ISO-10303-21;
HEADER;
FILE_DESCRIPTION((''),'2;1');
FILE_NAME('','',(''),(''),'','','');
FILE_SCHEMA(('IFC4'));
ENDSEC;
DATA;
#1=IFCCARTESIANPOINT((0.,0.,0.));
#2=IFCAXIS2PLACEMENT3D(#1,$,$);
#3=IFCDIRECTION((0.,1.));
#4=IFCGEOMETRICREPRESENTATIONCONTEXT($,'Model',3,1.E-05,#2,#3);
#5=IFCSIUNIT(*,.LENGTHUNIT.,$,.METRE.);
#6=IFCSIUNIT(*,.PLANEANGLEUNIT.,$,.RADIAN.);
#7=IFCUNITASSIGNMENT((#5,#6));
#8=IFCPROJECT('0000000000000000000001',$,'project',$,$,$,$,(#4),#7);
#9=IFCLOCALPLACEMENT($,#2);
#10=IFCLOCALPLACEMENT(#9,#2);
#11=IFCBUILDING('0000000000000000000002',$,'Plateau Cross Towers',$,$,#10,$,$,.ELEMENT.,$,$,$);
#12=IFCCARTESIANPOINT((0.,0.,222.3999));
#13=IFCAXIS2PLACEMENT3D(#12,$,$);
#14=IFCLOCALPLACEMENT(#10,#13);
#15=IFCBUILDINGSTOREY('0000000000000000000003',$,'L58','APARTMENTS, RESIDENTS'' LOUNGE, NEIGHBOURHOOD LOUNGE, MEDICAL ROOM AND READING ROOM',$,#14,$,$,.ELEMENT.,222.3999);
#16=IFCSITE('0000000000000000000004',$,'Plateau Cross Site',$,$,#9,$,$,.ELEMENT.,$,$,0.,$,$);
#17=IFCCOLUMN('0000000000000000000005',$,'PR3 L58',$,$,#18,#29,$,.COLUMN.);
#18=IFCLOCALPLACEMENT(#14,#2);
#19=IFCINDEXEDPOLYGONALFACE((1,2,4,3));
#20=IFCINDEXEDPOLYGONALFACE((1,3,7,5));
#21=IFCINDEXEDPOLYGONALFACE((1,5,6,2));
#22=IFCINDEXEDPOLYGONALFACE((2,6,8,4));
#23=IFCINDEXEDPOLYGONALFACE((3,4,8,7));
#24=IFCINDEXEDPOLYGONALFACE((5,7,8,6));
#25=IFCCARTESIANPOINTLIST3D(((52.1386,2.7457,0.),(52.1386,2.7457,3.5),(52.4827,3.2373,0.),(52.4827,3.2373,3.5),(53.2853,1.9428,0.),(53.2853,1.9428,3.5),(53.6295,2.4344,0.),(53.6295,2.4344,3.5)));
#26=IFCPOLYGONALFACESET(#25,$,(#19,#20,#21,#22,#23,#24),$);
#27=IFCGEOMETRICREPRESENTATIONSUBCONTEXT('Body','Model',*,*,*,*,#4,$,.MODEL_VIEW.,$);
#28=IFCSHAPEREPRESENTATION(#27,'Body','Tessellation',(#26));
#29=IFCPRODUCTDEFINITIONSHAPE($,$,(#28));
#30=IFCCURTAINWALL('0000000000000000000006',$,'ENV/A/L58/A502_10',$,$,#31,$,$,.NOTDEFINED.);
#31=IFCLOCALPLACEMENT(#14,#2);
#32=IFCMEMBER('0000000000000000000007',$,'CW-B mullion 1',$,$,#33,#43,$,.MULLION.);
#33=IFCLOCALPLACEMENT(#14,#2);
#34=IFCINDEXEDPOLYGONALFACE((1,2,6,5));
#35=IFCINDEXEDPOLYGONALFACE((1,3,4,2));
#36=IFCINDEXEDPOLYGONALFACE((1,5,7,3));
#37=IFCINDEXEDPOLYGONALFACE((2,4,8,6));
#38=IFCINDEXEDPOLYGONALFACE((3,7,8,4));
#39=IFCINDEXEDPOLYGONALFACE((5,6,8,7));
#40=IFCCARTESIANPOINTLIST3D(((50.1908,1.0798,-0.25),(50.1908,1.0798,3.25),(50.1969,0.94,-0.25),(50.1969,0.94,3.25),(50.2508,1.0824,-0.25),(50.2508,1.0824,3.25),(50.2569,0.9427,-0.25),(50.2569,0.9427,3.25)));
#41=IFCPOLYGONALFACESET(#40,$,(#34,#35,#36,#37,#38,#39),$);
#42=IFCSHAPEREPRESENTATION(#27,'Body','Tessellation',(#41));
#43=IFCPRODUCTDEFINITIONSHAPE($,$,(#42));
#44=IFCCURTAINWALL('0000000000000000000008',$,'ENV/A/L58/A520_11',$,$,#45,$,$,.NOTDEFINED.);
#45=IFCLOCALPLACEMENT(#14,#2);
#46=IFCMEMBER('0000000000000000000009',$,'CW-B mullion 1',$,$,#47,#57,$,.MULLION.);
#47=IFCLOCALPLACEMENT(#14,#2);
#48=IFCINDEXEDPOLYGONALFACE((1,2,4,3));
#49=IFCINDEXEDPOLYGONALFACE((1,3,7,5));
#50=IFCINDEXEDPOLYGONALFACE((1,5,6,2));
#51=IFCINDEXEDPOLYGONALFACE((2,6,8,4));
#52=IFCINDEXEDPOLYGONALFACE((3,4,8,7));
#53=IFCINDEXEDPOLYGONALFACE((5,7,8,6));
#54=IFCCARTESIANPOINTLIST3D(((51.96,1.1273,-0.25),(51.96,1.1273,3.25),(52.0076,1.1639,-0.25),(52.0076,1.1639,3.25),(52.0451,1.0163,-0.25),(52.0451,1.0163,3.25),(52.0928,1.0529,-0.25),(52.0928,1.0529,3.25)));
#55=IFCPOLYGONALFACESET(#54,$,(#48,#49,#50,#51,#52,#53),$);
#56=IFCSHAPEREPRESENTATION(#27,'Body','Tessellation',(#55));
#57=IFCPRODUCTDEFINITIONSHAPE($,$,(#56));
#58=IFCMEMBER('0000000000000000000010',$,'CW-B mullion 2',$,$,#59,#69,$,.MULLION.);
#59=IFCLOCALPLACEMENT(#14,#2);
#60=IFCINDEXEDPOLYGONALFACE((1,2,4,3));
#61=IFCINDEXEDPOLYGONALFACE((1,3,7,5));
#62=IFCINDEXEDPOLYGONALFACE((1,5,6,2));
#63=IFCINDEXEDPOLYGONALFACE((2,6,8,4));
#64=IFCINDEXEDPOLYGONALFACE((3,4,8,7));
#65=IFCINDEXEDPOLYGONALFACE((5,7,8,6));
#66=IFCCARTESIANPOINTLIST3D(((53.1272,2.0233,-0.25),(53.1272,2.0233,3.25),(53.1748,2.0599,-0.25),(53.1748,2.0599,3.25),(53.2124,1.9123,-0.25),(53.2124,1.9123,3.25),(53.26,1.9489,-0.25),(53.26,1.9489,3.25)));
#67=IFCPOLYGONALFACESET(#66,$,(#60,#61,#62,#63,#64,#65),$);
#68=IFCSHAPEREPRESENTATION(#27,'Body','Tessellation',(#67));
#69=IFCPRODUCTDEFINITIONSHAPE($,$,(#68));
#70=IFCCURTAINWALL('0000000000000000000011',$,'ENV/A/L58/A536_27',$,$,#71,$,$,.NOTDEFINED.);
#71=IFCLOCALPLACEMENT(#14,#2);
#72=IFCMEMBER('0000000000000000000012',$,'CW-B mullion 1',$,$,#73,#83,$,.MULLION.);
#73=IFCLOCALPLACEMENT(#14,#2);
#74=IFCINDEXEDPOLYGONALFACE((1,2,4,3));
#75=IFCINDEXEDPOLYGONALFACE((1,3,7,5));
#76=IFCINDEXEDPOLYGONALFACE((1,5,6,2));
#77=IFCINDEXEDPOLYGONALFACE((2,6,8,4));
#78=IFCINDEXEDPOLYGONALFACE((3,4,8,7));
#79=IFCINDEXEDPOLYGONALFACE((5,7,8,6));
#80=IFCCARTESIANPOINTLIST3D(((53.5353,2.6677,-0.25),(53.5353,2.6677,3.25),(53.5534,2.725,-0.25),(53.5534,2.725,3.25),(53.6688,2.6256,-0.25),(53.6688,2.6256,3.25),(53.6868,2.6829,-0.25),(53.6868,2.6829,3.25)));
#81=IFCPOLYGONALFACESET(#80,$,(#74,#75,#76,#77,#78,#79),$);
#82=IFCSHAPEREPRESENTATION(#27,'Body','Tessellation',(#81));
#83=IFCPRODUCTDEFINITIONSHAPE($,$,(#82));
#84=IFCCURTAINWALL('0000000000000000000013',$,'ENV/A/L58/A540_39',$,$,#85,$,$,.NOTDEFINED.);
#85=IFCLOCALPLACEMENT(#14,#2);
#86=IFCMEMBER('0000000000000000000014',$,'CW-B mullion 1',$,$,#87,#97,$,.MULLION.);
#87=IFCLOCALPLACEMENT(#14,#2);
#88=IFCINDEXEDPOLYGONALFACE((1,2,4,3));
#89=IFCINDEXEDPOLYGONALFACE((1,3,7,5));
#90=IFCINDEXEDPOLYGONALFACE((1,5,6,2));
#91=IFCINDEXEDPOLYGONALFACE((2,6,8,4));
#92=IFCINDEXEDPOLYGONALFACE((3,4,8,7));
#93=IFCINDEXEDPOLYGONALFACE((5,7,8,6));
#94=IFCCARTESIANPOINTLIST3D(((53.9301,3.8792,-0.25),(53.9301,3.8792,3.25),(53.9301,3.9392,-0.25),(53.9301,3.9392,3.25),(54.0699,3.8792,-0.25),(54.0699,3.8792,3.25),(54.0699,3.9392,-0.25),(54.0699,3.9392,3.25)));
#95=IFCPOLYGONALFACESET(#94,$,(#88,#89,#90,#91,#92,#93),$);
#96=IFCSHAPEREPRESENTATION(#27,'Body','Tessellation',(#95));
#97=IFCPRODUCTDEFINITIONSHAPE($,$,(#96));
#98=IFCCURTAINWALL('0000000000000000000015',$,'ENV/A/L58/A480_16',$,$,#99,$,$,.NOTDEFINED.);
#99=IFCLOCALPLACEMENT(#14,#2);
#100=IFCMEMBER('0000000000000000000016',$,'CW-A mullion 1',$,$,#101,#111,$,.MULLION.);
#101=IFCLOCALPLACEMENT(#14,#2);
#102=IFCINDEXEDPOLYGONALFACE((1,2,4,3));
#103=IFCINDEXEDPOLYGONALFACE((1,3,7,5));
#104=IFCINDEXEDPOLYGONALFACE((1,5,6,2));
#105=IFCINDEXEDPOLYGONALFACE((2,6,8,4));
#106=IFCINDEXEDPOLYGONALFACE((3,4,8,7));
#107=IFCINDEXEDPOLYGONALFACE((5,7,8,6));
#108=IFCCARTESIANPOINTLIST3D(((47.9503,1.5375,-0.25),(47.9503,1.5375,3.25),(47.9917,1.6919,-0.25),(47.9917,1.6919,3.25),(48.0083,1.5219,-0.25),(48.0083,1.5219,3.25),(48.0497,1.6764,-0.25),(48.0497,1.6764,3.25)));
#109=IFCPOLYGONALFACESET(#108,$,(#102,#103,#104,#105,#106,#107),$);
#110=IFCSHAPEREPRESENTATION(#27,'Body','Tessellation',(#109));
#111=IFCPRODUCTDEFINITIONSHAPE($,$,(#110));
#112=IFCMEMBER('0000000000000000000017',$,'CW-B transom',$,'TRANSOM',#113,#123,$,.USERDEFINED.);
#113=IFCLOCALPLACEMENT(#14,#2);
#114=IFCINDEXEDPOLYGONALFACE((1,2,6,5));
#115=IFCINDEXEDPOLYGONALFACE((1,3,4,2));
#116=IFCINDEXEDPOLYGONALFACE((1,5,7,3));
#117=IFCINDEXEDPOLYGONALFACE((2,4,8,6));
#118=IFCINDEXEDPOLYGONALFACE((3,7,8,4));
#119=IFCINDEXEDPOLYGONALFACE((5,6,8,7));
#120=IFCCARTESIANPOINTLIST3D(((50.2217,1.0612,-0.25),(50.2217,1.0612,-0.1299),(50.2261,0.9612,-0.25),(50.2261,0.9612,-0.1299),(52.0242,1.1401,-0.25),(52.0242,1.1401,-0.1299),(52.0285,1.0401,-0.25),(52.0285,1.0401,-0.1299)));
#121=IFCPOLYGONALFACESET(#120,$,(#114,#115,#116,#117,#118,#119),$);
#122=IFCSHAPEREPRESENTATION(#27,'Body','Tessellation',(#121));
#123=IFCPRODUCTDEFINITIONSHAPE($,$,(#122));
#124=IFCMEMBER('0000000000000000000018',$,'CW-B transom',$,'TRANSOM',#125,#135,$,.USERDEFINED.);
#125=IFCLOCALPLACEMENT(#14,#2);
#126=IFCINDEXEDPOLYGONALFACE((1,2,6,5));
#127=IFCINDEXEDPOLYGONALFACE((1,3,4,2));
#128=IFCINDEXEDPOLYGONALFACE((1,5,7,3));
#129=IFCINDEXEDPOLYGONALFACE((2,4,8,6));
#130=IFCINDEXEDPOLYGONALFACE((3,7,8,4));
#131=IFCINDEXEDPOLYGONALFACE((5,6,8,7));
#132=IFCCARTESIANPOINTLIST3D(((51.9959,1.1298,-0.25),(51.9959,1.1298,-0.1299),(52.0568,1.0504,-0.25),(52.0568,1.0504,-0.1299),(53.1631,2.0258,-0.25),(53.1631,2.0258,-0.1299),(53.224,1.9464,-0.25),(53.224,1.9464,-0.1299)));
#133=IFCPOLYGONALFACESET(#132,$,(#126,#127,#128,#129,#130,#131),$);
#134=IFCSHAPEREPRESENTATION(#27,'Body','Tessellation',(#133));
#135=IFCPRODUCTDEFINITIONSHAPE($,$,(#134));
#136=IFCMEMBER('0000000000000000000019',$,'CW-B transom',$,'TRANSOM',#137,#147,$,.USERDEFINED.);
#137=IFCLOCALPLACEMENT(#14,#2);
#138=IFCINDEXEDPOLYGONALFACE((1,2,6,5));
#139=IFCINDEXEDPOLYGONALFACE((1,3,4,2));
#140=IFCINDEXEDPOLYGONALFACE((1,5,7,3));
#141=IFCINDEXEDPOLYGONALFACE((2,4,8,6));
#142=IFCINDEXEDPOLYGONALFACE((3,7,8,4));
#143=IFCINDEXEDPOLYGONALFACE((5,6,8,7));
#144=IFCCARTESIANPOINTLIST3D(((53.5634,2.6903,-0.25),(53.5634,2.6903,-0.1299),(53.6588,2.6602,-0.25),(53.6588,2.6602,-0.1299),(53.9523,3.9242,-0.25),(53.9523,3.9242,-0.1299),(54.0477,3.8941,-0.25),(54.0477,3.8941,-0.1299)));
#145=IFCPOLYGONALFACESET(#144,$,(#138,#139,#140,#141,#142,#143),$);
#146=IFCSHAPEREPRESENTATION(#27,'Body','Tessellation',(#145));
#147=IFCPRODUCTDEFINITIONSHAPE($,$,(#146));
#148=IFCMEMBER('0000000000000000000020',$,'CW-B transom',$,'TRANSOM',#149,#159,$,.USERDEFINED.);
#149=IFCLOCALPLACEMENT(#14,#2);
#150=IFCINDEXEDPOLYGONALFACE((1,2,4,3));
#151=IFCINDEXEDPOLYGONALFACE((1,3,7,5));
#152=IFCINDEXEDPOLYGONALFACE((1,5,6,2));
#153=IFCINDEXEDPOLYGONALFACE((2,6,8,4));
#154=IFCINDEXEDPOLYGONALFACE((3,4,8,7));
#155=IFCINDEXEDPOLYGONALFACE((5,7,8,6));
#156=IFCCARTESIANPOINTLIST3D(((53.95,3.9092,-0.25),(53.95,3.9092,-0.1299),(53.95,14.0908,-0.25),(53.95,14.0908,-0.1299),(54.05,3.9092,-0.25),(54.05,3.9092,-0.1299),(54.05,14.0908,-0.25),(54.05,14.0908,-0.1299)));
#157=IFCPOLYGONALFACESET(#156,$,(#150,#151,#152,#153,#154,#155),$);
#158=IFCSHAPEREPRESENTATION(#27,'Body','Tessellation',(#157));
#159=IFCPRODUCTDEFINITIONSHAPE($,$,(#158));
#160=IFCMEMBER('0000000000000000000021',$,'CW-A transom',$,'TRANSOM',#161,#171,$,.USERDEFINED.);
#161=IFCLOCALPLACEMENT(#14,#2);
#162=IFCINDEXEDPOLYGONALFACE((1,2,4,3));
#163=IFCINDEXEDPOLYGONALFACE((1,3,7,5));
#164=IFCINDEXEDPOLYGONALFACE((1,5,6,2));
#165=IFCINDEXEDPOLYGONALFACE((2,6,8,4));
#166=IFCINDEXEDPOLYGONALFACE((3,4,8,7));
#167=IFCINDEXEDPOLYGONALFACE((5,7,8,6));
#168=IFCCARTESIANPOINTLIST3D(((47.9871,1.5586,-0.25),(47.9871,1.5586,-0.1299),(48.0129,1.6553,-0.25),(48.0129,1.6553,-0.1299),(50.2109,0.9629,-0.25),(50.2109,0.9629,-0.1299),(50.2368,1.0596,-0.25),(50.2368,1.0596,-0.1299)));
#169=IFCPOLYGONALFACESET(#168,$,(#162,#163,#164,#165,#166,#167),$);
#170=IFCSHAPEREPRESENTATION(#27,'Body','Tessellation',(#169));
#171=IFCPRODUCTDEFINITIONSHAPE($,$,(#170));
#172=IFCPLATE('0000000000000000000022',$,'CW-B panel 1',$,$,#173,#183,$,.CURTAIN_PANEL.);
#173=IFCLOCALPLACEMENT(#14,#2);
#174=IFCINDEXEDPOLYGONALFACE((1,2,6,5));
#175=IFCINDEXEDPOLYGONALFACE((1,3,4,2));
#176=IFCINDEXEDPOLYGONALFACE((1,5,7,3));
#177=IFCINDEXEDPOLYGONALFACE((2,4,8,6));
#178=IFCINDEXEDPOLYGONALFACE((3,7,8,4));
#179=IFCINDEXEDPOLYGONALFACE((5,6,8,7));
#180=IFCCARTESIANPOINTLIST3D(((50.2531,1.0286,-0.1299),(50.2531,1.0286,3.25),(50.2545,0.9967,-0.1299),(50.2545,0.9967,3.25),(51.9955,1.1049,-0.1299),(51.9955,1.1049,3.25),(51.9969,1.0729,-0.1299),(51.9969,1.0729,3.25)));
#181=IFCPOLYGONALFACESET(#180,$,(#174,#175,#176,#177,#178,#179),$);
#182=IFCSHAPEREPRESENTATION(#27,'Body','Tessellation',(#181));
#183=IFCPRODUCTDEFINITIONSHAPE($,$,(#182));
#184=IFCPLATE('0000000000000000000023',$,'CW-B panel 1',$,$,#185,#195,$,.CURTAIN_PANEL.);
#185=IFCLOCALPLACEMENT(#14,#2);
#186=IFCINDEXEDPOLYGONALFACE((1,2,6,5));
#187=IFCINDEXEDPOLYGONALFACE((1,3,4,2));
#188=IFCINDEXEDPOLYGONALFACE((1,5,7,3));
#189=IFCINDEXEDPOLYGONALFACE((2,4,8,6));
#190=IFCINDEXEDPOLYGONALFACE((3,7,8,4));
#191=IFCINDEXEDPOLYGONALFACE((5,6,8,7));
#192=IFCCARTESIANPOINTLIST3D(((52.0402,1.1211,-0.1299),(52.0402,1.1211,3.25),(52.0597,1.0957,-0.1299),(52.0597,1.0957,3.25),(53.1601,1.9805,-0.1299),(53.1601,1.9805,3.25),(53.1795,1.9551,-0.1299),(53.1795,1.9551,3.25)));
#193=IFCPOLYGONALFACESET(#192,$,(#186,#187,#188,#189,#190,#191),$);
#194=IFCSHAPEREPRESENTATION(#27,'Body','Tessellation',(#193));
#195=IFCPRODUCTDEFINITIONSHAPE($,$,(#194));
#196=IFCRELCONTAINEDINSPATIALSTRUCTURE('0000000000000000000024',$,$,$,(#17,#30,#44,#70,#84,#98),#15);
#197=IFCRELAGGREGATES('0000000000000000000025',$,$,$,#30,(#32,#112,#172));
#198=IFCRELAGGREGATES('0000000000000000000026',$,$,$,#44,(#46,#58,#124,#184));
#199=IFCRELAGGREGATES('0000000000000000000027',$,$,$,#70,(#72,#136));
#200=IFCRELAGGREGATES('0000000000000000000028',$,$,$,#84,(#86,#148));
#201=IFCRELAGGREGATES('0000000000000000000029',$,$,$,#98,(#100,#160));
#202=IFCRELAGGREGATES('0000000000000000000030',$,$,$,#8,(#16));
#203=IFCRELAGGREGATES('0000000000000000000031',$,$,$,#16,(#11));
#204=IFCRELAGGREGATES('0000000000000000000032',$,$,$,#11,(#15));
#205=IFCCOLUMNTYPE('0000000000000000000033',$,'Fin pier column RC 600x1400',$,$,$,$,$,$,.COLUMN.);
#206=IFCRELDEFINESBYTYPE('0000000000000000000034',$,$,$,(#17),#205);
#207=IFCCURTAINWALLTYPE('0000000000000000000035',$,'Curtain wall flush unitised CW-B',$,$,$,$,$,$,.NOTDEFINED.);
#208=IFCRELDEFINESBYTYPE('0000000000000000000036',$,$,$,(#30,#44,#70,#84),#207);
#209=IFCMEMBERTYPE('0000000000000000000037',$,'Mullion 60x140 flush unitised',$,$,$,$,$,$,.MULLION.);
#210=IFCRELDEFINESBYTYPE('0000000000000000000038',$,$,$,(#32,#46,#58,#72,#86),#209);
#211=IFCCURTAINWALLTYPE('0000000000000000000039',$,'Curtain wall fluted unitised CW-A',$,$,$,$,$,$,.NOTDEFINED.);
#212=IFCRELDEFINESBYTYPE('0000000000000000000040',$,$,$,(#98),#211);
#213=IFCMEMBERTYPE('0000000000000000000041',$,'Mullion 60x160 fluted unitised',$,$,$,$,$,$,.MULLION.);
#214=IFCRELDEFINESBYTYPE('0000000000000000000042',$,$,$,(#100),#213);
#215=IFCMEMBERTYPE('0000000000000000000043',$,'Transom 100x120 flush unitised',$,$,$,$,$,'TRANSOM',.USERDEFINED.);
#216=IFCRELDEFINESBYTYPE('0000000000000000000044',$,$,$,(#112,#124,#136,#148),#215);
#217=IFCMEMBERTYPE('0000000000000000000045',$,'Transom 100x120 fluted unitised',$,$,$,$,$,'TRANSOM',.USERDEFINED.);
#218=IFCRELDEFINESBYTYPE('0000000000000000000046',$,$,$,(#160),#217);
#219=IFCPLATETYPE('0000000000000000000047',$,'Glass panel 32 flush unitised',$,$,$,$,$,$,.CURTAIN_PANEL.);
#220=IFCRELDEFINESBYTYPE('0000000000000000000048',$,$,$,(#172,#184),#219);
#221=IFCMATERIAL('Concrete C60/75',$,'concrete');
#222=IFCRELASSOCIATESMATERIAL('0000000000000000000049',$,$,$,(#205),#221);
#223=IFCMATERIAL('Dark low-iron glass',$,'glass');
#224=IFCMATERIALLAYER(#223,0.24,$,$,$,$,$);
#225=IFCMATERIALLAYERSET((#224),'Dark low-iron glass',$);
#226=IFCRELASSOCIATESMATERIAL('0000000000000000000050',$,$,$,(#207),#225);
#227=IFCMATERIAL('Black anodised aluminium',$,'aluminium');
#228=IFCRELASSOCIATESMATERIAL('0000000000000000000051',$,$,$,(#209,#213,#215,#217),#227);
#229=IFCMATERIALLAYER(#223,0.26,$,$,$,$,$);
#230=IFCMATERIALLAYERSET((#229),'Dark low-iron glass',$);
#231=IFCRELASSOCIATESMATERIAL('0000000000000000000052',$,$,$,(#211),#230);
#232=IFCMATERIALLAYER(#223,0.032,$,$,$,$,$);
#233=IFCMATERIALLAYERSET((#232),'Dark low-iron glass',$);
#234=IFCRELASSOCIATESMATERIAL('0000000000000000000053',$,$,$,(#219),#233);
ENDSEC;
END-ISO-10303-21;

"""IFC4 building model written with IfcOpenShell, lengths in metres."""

from ifc_helpers import new_model, si_unit, direction, frame, origin, origin_2d, place, context, subcontext, project, spatial, rectangle, extrude, material, layer, layer_set, material_profile, profile_set, type_object, element, aggregate, save


model = new_model("IFC4")

# Units and contexts
model_context = context("Model", 3, precision=1e-05, world=origin(), true_north=direction((0.0, 1.0)))
body_context = subcontext(model_context, "Body", "Model", "MODEL_VIEW")
ifc_project = project(units=[si_unit("LENGTHUNIT", "METRE"), si_unit("PLANEANGLEUNIT", "RADIAN")], contexts=[model_context])

# Site, building, storey
site_placement = place(None, origin())
site = spatial("IfcSite", under=ifc_project, at=site_placement, Name="Plateau Cross Site", CompositionType="ELEMENT", RefElevation=0.0)
building_placement = place(site_placement, origin())
building = spatial("IfcBuilding", under=site, at=building_placement, Name="Plateau Cross Towers", CompositionType="ELEMENT")
storey_placement = place(building_placement, frame((0.0, 0.0, 222.3999)))
storey = spatial("IfcBuildingStorey", under=building, at=storey_placement, Name="L58", Description="APARTMENTS, RESIDENTS' LOUNGE, NEIGHBOURHOOD LOUNGE, MEDICAL ROOM AND READING ROOM", CompositionType="ELEMENT", Elevation=222.3999)

# Column
ifc_material_1 = material(Name="Concrete C60/75", Category="concrete")
ifc_material_profile_1 = material_profile(ifc_material_1, rectangle(XDim=0.6001, YDim=1.3999, at=origin_2d()), Name="RC 600x1400")
ifc_profile_set_1 = profile_set([ifc_material_profile_1], Name="Concrete C60/75")
column_type = type_object("IfcColumnType", Name="Fin pier column RC 600x1400", PredefinedType="COLUMN", material=ifc_profile_set_1)
column_placement = place(storey_placement, frame((52.884, 2.5901, 0.0), z_axis=(0.0, 0.0, 1.0), x_axis=(0.573543, 0.819176, 0.0)))
element("IfcColumn", 1, at=column_placement, inside=storey, type_object=column_type, Name="PR3 L58", PredefinedType="COLUMN", context=body_context, shape_type="SweptSolid", body=[
    extrude(rectangle(XDim=0.6001, YDim=1.3999, at=origin_2d()), origin(), (0.0, 0.0, 1.0), 3.5),
])

# Curtain wall, member
ifc_material_2 = material(Name="Dark low-iron glass", Category="glass")
ifc_layer_1 = layer(ifc_material_2, 0.24)
ifc_layer_set_1 = layer_set([ifc_layer_1], Name="Dark low-iron glass")
curtain_wall_type_1 = type_object("IfcCurtainWallType", Name="Curtain wall flush unitised CW-B", PredefinedType="NOTDEFINED", material=ifc_layer_set_1)
curtain_wall_1_placement = place(storey_placement, origin())
curtain_wall_1 = element("IfcCurtainWall", 2, at=curtain_wall_1_placement, inside=storey, type_object=curtain_wall_type_1, Name="ENV/A/L58/A502_10", PredefinedType="NOTDEFINED")
ifc_material_3 = material(Name="Black anodised aluminium", Category="aluminium")
ifc_material_profile_2 = material_profile(ifc_material_3, rectangle(XDim=0.0601, YDim=0.1399, at=origin_2d()), Name="MULLION 60x140")
ifc_profile_set_2 = profile_set([ifc_material_profile_2], Name="Black anodised aluminium")
member_type_1 = type_object("IfcMemberType", Name="Mullion 60x140 flush unitised", PredefinedType="MULLION", material=ifc_profile_set_2)
member_1_placement = place(storey_placement, frame((50.2239, 1.0112, -0.25), z_axis=(0.0, 0.0, 1.0), x_axis=(0.999044, 0.043723, 0.0)))
member_1 = element("IfcMember", 3, at=member_1_placement, type_object=member_type_1, Name="CW-B mullion 1", PredefinedType="MULLION", context=body_context, shape_type="SweptSolid", body=[
    extrude(rectangle(XDim=0.0601, YDim=0.1399, at=origin_2d()), origin(), (0.0, 0.0, 1.0), 3.5),
])

# Curtain wall, members
curtain_wall_2_placement = place(storey_placement, origin())
curtain_wall_2 = element("IfcCurtainWall", 4, at=curtain_wall_2_placement, inside=storey, type_object=curtain_wall_type_1, Name="ENV/A/L58/A520_11", PredefinedType="NOTDEFINED")
member_2_placement = place(storey_placement, frame((52.0264, 1.0901, -0.25), z_axis=(0.0, 0.0, 1.0), x_axis=(0.793316, 0.608811, 0.0)))
member_2 = element("IfcMember", 5, at=member_2_placement, type_object=member_type_1, Name="CW-B mullion 1", PredefinedType="MULLION", context=body_context, shape_type="SweptSolid", body=[
    extrude(rectangle(XDim=0.0601, YDim=0.1399, at=origin_2d()), origin(), (0.0, 0.0, 1.0), 3.5),
])
member_3_placement = place(storey_placement, frame((53.1936, 1.9861, -0.25), z_axis=(0.0, 0.0, 1.0), x_axis=(0.793316, 0.608811, 0.0)))
member_3 = element("IfcMember", 6, at=member_3_placement, type_object=member_type_1, Name="CW-B mullion 2", PredefinedType="MULLION", context=body_context, shape_type="SweptSolid", body=[
    extrude(rectangle(XDim=0.0601, YDim=0.1399, at=origin_2d()), origin(), (0.0, 0.0, 1.0), 3.5),
])

# Curtain walls, members
curtain_wall_3_placement = place(storey_placement, origin())
curtain_wall_3 = element("IfcCurtainWall", 7, at=curtain_wall_3_placement, inside=storey, type_object=curtain_wall_type_1, Name="ENV/A/L58/A536_27", PredefinedType="NOTDEFINED")
member_4_placement = place(storey_placement, frame((53.6111, 2.6753, -0.25), z_axis=(0.0, 0.0, 1.0), x_axis=(0.300686, 0.953723, 0.0)))
member_4 = element("IfcMember", 8, at=member_4_placement, type_object=member_type_1, Name="CW-B mullion 1", PredefinedType="MULLION", context=body_context, shape_type="SweptSolid", body=[
    extrude(rectangle(XDim=0.0601, YDim=0.1399, at=origin_2d()), origin(), (0.0, 0.0, 1.0), 3.5),
])
curtain_wall_4_placement = place(storey_placement, origin())
curtain_wall_4 = element("IfcCurtainWall", 9, at=curtain_wall_4_placement, inside=storey, type_object=curtain_wall_type_1, Name="ENV/A/L58/A540_39", PredefinedType="NOTDEFINED")
member_5_placement = place(storey_placement, frame((54.0, 3.9092, -0.25), z_axis=(0.0, 0.0, 1.0), x_axis=(0.0, 1.0, 0.0)))
member_5 = element("IfcMember", 10, at=member_5_placement, type_object=member_type_1, Name="CW-B mullion 1", PredefinedType="MULLION", context=body_context, shape_type="SweptSolid", body=[
    extrude(rectangle(XDim=0.0601, YDim=0.1399, at=origin_2d()), origin(), (0.0, 0.0, 1.0), 3.5),
])
ifc_layer_2 = layer(ifc_material_2, 0.26)
ifc_layer_set_2 = layer_set([ifc_layer_2], Name="Dark low-iron glass")
curtain_wall_type_2 = type_object("IfcCurtainWallType", Name="Curtain wall fluted unitised CW-A", PredefinedType="NOTDEFINED", material=ifc_layer_set_2)
curtain_wall_5_placement = place(storey_placement, origin())
curtain_wall_5 = element("IfcCurtainWall", 11, at=curtain_wall_5_placement, inside=storey, type_object=curtain_wall_type_2, Name="ENV/A/L58/A480_16", PredefinedType="NOTDEFINED")
ifc_material_profile_3 = material_profile(ifc_material_3, rectangle(XDim=0.0601, YDim=0.1599, at=origin_2d()), Name="MULLION 60x160")
ifc_profile_set_3 = profile_set([ifc_material_profile_3], Name="Black anodised aluminium")
member_type_2 = type_object("IfcMemberType", Name="Mullion 60x160 fluted unitised", PredefinedType="MULLION", material=ifc_profile_set_3)
member_6_placement = place(storey_placement, frame((48.0, 1.6069, -0.25), z_axis=(0.0, 0.0, 1.0), x_axis=(0.965958, -0.258699, 0.0)))
member_6 = element("IfcMember", 12, at=member_6_placement, type_object=member_type_2, Name="CW-A mullion 1", PredefinedType="MULLION", context=body_context, shape_type="SweptSolid", body=[
    extrude(rectangle(XDim=0.0601, YDim=0.1599, at=origin_2d()), origin(), (0.0, 0.0, 1.0), 3.5),
])

# Members
ifc_material_profile_4 = material_profile(ifc_material_3, rectangle(XDim=0.1001, YDim=0.1201, at=origin_2d()), Name="TRANSOM 100x120")
ifc_profile_set_4 = profile_set([ifc_material_profile_4], Name="Black anodised aluminium")
member_type_3 = type_object("IfcMemberType", Name="Transom 100x120 flush unitised", ElementType="TRANSOM", PredefinedType="USERDEFINED", material=ifc_profile_set_4)
member_7_placement = place(storey_placement, frame((50.2239, 1.0112, -0.1899), z_axis=(0.999044, 0.043707, 0.0), x_axis=(-0.043707, 0.999044, 0.0)))
member_7 = element("IfcMember", 13, at=member_7_placement, type_object=member_type_3, Name="CW-B transom", ObjectType="TRANSOM", PredefinedType="USERDEFINED", context=body_context, shape_type="SweptSolid", body=[
    extrude(rectangle(XDim=0.1001, YDim=0.1201, at=origin_2d()), origin(), (0.0, 0.0, 1.0), 1.8042),
])
member_8_placement = place(storey_placement, frame((52.0264, 1.0901, -0.1899), z_axis=(0.79324, 0.608909, 0.0), x_axis=(-0.608909, 0.79324, 0.0)))
member_8 = element("IfcMember", 14, at=member_8_placement, type_object=member_type_3, Name="CW-B transom", ObjectType="TRANSOM", PredefinedType="USERDEFINED", context=body_context, shape_type="SweptSolid", body=[
    extrude(rectangle(XDim=0.1001, YDim=0.1201, at=origin_2d()), origin(), (0.0, 0.0, 1.0), 1.4714),
])
member_9_placement = place(storey_placement, frame((53.6111, 2.6753, -0.1899), z_axis=(0.300617, 0.953745, 0.0), x_axis=(-0.953745, 0.300617, 0.0)))
member_9 = element("IfcMember", 15, at=member_9_placement, type_object=member_type_3, Name="CW-B transom", ObjectType="TRANSOM", PredefinedType="USERDEFINED", context=body_context, shape_type="SweptSolid", body=[
    extrude(rectangle(XDim=0.1001, YDim=0.1201, at=origin_2d()), origin(), (0.0, 0.0, 1.0), 1.2937),
])
member_10_placement = place(storey_placement, frame((54.0, 3.9092, -0.1899), z_axis=(0.0, 1.0, 0.0), x_axis=(-1.0, 0.0, 0.0)))
member_10 = element("IfcMember", 16, at=member_10_placement, type_object=member_type_3, Name="CW-B transom", ObjectType="TRANSOM", PredefinedType="USERDEFINED", context=body_context, shape_type="SweptSolid", body=[
    extrude(rectangle(XDim=0.1001, YDim=0.1201, at=origin_2d()), origin(), (0.0, 0.0, 1.0), 10.1816),
])
ifc_material_profile_5 = material_profile(ifc_material_3, rectangle(XDim=0.1001, YDim=0.1201, at=origin_2d()), Name="TRANSOM 100x120")
ifc_profile_set_5 = profile_set([ifc_material_profile_5], Name="Black anodised aluminium")
member_type_4 = type_object("IfcMemberType", Name="Transom 100x120 fluted unitised", ElementType="TRANSOM", PredefinedType="USERDEFINED", material=ifc_profile_set_5)
member_11_placement = place(storey_placement, frame((48.0, 1.6069, -0.1899), z_axis=(0.965946, -0.258745, 0.0), x_axis=(0.258745, 0.965946, 0.0)))
member_11 = element("IfcMember", 17, at=member_11_placement, type_object=member_type_4, Name="CW-A transom", ObjectType="TRANSOM", PredefinedType="USERDEFINED", context=body_context, shape_type="SweptSolid", body=[
    extrude(rectangle(XDim=0.1001, YDim=0.1201, at=origin_2d()), origin(), (0.0, 0.0, 1.0), 2.3022),
])

# Plates
ifc_layer_3 = layer(ifc_material_2, 0.032)
ifc_layer_set_3 = layer_set([ifc_layer_3], Name="Dark low-iron glass")
plate_type_1 = type_object("IfcPlateType", Name="Glass panel 32 flush unitised", PredefinedType="CURTAIN_PANEL", material=ifc_layer_set_3)
plate_1_placement = place(storey_placement, frame((51.125, 1.0508, -0.1299), z_axis=(0.0, 0.0, 1.0), x_axis=(0.999044, 0.043723, 0.0)))
plate_1 = element("IfcPlate", 18, at=plate_1_placement, type_object=plate_type_1, Name="CW-B panel 1", PredefinedType="CURTAIN_PANEL", context=body_context, shape_type="SweptSolid", body=[
    extrude(rectangle(XDim=1.7441, YDim=0.032, at=origin_2d()), origin(), (0.0, 0.0, 1.0), 3.3799),
])
aggregate(curtain_wall_1, [member_1, member_7, plate_1])
plate_2_placement = place(storey_placement, frame((52.6099, 1.5381, -0.1299), z_axis=(0.0, 0.0, 1.0), x_axis=(0.793316, 0.608811, 0.0)))
plate_2 = element("IfcPlate", 19, at=plate_2_placement, type_object=plate_type_1, Name="CW-B panel 1", PredefinedType="CURTAIN_PANEL", context=body_context, shape_type="SweptSolid", body=[
    extrude(rectangle(XDim=1.4116, YDim=0.032, at=origin_2d()), origin(), (0.0, 0.0, 1.0), 3.3799),
])
aggregate(curtain_wall_2, [member_2, member_3, member_8, plate_2])
aggregate(curtain_wall_3, [member_4, member_9])
aggregate(curtain_wall_4, [member_5, member_10])
aggregate(curtain_wall_5, [member_6, member_11])

save(model, "model.ifc")
